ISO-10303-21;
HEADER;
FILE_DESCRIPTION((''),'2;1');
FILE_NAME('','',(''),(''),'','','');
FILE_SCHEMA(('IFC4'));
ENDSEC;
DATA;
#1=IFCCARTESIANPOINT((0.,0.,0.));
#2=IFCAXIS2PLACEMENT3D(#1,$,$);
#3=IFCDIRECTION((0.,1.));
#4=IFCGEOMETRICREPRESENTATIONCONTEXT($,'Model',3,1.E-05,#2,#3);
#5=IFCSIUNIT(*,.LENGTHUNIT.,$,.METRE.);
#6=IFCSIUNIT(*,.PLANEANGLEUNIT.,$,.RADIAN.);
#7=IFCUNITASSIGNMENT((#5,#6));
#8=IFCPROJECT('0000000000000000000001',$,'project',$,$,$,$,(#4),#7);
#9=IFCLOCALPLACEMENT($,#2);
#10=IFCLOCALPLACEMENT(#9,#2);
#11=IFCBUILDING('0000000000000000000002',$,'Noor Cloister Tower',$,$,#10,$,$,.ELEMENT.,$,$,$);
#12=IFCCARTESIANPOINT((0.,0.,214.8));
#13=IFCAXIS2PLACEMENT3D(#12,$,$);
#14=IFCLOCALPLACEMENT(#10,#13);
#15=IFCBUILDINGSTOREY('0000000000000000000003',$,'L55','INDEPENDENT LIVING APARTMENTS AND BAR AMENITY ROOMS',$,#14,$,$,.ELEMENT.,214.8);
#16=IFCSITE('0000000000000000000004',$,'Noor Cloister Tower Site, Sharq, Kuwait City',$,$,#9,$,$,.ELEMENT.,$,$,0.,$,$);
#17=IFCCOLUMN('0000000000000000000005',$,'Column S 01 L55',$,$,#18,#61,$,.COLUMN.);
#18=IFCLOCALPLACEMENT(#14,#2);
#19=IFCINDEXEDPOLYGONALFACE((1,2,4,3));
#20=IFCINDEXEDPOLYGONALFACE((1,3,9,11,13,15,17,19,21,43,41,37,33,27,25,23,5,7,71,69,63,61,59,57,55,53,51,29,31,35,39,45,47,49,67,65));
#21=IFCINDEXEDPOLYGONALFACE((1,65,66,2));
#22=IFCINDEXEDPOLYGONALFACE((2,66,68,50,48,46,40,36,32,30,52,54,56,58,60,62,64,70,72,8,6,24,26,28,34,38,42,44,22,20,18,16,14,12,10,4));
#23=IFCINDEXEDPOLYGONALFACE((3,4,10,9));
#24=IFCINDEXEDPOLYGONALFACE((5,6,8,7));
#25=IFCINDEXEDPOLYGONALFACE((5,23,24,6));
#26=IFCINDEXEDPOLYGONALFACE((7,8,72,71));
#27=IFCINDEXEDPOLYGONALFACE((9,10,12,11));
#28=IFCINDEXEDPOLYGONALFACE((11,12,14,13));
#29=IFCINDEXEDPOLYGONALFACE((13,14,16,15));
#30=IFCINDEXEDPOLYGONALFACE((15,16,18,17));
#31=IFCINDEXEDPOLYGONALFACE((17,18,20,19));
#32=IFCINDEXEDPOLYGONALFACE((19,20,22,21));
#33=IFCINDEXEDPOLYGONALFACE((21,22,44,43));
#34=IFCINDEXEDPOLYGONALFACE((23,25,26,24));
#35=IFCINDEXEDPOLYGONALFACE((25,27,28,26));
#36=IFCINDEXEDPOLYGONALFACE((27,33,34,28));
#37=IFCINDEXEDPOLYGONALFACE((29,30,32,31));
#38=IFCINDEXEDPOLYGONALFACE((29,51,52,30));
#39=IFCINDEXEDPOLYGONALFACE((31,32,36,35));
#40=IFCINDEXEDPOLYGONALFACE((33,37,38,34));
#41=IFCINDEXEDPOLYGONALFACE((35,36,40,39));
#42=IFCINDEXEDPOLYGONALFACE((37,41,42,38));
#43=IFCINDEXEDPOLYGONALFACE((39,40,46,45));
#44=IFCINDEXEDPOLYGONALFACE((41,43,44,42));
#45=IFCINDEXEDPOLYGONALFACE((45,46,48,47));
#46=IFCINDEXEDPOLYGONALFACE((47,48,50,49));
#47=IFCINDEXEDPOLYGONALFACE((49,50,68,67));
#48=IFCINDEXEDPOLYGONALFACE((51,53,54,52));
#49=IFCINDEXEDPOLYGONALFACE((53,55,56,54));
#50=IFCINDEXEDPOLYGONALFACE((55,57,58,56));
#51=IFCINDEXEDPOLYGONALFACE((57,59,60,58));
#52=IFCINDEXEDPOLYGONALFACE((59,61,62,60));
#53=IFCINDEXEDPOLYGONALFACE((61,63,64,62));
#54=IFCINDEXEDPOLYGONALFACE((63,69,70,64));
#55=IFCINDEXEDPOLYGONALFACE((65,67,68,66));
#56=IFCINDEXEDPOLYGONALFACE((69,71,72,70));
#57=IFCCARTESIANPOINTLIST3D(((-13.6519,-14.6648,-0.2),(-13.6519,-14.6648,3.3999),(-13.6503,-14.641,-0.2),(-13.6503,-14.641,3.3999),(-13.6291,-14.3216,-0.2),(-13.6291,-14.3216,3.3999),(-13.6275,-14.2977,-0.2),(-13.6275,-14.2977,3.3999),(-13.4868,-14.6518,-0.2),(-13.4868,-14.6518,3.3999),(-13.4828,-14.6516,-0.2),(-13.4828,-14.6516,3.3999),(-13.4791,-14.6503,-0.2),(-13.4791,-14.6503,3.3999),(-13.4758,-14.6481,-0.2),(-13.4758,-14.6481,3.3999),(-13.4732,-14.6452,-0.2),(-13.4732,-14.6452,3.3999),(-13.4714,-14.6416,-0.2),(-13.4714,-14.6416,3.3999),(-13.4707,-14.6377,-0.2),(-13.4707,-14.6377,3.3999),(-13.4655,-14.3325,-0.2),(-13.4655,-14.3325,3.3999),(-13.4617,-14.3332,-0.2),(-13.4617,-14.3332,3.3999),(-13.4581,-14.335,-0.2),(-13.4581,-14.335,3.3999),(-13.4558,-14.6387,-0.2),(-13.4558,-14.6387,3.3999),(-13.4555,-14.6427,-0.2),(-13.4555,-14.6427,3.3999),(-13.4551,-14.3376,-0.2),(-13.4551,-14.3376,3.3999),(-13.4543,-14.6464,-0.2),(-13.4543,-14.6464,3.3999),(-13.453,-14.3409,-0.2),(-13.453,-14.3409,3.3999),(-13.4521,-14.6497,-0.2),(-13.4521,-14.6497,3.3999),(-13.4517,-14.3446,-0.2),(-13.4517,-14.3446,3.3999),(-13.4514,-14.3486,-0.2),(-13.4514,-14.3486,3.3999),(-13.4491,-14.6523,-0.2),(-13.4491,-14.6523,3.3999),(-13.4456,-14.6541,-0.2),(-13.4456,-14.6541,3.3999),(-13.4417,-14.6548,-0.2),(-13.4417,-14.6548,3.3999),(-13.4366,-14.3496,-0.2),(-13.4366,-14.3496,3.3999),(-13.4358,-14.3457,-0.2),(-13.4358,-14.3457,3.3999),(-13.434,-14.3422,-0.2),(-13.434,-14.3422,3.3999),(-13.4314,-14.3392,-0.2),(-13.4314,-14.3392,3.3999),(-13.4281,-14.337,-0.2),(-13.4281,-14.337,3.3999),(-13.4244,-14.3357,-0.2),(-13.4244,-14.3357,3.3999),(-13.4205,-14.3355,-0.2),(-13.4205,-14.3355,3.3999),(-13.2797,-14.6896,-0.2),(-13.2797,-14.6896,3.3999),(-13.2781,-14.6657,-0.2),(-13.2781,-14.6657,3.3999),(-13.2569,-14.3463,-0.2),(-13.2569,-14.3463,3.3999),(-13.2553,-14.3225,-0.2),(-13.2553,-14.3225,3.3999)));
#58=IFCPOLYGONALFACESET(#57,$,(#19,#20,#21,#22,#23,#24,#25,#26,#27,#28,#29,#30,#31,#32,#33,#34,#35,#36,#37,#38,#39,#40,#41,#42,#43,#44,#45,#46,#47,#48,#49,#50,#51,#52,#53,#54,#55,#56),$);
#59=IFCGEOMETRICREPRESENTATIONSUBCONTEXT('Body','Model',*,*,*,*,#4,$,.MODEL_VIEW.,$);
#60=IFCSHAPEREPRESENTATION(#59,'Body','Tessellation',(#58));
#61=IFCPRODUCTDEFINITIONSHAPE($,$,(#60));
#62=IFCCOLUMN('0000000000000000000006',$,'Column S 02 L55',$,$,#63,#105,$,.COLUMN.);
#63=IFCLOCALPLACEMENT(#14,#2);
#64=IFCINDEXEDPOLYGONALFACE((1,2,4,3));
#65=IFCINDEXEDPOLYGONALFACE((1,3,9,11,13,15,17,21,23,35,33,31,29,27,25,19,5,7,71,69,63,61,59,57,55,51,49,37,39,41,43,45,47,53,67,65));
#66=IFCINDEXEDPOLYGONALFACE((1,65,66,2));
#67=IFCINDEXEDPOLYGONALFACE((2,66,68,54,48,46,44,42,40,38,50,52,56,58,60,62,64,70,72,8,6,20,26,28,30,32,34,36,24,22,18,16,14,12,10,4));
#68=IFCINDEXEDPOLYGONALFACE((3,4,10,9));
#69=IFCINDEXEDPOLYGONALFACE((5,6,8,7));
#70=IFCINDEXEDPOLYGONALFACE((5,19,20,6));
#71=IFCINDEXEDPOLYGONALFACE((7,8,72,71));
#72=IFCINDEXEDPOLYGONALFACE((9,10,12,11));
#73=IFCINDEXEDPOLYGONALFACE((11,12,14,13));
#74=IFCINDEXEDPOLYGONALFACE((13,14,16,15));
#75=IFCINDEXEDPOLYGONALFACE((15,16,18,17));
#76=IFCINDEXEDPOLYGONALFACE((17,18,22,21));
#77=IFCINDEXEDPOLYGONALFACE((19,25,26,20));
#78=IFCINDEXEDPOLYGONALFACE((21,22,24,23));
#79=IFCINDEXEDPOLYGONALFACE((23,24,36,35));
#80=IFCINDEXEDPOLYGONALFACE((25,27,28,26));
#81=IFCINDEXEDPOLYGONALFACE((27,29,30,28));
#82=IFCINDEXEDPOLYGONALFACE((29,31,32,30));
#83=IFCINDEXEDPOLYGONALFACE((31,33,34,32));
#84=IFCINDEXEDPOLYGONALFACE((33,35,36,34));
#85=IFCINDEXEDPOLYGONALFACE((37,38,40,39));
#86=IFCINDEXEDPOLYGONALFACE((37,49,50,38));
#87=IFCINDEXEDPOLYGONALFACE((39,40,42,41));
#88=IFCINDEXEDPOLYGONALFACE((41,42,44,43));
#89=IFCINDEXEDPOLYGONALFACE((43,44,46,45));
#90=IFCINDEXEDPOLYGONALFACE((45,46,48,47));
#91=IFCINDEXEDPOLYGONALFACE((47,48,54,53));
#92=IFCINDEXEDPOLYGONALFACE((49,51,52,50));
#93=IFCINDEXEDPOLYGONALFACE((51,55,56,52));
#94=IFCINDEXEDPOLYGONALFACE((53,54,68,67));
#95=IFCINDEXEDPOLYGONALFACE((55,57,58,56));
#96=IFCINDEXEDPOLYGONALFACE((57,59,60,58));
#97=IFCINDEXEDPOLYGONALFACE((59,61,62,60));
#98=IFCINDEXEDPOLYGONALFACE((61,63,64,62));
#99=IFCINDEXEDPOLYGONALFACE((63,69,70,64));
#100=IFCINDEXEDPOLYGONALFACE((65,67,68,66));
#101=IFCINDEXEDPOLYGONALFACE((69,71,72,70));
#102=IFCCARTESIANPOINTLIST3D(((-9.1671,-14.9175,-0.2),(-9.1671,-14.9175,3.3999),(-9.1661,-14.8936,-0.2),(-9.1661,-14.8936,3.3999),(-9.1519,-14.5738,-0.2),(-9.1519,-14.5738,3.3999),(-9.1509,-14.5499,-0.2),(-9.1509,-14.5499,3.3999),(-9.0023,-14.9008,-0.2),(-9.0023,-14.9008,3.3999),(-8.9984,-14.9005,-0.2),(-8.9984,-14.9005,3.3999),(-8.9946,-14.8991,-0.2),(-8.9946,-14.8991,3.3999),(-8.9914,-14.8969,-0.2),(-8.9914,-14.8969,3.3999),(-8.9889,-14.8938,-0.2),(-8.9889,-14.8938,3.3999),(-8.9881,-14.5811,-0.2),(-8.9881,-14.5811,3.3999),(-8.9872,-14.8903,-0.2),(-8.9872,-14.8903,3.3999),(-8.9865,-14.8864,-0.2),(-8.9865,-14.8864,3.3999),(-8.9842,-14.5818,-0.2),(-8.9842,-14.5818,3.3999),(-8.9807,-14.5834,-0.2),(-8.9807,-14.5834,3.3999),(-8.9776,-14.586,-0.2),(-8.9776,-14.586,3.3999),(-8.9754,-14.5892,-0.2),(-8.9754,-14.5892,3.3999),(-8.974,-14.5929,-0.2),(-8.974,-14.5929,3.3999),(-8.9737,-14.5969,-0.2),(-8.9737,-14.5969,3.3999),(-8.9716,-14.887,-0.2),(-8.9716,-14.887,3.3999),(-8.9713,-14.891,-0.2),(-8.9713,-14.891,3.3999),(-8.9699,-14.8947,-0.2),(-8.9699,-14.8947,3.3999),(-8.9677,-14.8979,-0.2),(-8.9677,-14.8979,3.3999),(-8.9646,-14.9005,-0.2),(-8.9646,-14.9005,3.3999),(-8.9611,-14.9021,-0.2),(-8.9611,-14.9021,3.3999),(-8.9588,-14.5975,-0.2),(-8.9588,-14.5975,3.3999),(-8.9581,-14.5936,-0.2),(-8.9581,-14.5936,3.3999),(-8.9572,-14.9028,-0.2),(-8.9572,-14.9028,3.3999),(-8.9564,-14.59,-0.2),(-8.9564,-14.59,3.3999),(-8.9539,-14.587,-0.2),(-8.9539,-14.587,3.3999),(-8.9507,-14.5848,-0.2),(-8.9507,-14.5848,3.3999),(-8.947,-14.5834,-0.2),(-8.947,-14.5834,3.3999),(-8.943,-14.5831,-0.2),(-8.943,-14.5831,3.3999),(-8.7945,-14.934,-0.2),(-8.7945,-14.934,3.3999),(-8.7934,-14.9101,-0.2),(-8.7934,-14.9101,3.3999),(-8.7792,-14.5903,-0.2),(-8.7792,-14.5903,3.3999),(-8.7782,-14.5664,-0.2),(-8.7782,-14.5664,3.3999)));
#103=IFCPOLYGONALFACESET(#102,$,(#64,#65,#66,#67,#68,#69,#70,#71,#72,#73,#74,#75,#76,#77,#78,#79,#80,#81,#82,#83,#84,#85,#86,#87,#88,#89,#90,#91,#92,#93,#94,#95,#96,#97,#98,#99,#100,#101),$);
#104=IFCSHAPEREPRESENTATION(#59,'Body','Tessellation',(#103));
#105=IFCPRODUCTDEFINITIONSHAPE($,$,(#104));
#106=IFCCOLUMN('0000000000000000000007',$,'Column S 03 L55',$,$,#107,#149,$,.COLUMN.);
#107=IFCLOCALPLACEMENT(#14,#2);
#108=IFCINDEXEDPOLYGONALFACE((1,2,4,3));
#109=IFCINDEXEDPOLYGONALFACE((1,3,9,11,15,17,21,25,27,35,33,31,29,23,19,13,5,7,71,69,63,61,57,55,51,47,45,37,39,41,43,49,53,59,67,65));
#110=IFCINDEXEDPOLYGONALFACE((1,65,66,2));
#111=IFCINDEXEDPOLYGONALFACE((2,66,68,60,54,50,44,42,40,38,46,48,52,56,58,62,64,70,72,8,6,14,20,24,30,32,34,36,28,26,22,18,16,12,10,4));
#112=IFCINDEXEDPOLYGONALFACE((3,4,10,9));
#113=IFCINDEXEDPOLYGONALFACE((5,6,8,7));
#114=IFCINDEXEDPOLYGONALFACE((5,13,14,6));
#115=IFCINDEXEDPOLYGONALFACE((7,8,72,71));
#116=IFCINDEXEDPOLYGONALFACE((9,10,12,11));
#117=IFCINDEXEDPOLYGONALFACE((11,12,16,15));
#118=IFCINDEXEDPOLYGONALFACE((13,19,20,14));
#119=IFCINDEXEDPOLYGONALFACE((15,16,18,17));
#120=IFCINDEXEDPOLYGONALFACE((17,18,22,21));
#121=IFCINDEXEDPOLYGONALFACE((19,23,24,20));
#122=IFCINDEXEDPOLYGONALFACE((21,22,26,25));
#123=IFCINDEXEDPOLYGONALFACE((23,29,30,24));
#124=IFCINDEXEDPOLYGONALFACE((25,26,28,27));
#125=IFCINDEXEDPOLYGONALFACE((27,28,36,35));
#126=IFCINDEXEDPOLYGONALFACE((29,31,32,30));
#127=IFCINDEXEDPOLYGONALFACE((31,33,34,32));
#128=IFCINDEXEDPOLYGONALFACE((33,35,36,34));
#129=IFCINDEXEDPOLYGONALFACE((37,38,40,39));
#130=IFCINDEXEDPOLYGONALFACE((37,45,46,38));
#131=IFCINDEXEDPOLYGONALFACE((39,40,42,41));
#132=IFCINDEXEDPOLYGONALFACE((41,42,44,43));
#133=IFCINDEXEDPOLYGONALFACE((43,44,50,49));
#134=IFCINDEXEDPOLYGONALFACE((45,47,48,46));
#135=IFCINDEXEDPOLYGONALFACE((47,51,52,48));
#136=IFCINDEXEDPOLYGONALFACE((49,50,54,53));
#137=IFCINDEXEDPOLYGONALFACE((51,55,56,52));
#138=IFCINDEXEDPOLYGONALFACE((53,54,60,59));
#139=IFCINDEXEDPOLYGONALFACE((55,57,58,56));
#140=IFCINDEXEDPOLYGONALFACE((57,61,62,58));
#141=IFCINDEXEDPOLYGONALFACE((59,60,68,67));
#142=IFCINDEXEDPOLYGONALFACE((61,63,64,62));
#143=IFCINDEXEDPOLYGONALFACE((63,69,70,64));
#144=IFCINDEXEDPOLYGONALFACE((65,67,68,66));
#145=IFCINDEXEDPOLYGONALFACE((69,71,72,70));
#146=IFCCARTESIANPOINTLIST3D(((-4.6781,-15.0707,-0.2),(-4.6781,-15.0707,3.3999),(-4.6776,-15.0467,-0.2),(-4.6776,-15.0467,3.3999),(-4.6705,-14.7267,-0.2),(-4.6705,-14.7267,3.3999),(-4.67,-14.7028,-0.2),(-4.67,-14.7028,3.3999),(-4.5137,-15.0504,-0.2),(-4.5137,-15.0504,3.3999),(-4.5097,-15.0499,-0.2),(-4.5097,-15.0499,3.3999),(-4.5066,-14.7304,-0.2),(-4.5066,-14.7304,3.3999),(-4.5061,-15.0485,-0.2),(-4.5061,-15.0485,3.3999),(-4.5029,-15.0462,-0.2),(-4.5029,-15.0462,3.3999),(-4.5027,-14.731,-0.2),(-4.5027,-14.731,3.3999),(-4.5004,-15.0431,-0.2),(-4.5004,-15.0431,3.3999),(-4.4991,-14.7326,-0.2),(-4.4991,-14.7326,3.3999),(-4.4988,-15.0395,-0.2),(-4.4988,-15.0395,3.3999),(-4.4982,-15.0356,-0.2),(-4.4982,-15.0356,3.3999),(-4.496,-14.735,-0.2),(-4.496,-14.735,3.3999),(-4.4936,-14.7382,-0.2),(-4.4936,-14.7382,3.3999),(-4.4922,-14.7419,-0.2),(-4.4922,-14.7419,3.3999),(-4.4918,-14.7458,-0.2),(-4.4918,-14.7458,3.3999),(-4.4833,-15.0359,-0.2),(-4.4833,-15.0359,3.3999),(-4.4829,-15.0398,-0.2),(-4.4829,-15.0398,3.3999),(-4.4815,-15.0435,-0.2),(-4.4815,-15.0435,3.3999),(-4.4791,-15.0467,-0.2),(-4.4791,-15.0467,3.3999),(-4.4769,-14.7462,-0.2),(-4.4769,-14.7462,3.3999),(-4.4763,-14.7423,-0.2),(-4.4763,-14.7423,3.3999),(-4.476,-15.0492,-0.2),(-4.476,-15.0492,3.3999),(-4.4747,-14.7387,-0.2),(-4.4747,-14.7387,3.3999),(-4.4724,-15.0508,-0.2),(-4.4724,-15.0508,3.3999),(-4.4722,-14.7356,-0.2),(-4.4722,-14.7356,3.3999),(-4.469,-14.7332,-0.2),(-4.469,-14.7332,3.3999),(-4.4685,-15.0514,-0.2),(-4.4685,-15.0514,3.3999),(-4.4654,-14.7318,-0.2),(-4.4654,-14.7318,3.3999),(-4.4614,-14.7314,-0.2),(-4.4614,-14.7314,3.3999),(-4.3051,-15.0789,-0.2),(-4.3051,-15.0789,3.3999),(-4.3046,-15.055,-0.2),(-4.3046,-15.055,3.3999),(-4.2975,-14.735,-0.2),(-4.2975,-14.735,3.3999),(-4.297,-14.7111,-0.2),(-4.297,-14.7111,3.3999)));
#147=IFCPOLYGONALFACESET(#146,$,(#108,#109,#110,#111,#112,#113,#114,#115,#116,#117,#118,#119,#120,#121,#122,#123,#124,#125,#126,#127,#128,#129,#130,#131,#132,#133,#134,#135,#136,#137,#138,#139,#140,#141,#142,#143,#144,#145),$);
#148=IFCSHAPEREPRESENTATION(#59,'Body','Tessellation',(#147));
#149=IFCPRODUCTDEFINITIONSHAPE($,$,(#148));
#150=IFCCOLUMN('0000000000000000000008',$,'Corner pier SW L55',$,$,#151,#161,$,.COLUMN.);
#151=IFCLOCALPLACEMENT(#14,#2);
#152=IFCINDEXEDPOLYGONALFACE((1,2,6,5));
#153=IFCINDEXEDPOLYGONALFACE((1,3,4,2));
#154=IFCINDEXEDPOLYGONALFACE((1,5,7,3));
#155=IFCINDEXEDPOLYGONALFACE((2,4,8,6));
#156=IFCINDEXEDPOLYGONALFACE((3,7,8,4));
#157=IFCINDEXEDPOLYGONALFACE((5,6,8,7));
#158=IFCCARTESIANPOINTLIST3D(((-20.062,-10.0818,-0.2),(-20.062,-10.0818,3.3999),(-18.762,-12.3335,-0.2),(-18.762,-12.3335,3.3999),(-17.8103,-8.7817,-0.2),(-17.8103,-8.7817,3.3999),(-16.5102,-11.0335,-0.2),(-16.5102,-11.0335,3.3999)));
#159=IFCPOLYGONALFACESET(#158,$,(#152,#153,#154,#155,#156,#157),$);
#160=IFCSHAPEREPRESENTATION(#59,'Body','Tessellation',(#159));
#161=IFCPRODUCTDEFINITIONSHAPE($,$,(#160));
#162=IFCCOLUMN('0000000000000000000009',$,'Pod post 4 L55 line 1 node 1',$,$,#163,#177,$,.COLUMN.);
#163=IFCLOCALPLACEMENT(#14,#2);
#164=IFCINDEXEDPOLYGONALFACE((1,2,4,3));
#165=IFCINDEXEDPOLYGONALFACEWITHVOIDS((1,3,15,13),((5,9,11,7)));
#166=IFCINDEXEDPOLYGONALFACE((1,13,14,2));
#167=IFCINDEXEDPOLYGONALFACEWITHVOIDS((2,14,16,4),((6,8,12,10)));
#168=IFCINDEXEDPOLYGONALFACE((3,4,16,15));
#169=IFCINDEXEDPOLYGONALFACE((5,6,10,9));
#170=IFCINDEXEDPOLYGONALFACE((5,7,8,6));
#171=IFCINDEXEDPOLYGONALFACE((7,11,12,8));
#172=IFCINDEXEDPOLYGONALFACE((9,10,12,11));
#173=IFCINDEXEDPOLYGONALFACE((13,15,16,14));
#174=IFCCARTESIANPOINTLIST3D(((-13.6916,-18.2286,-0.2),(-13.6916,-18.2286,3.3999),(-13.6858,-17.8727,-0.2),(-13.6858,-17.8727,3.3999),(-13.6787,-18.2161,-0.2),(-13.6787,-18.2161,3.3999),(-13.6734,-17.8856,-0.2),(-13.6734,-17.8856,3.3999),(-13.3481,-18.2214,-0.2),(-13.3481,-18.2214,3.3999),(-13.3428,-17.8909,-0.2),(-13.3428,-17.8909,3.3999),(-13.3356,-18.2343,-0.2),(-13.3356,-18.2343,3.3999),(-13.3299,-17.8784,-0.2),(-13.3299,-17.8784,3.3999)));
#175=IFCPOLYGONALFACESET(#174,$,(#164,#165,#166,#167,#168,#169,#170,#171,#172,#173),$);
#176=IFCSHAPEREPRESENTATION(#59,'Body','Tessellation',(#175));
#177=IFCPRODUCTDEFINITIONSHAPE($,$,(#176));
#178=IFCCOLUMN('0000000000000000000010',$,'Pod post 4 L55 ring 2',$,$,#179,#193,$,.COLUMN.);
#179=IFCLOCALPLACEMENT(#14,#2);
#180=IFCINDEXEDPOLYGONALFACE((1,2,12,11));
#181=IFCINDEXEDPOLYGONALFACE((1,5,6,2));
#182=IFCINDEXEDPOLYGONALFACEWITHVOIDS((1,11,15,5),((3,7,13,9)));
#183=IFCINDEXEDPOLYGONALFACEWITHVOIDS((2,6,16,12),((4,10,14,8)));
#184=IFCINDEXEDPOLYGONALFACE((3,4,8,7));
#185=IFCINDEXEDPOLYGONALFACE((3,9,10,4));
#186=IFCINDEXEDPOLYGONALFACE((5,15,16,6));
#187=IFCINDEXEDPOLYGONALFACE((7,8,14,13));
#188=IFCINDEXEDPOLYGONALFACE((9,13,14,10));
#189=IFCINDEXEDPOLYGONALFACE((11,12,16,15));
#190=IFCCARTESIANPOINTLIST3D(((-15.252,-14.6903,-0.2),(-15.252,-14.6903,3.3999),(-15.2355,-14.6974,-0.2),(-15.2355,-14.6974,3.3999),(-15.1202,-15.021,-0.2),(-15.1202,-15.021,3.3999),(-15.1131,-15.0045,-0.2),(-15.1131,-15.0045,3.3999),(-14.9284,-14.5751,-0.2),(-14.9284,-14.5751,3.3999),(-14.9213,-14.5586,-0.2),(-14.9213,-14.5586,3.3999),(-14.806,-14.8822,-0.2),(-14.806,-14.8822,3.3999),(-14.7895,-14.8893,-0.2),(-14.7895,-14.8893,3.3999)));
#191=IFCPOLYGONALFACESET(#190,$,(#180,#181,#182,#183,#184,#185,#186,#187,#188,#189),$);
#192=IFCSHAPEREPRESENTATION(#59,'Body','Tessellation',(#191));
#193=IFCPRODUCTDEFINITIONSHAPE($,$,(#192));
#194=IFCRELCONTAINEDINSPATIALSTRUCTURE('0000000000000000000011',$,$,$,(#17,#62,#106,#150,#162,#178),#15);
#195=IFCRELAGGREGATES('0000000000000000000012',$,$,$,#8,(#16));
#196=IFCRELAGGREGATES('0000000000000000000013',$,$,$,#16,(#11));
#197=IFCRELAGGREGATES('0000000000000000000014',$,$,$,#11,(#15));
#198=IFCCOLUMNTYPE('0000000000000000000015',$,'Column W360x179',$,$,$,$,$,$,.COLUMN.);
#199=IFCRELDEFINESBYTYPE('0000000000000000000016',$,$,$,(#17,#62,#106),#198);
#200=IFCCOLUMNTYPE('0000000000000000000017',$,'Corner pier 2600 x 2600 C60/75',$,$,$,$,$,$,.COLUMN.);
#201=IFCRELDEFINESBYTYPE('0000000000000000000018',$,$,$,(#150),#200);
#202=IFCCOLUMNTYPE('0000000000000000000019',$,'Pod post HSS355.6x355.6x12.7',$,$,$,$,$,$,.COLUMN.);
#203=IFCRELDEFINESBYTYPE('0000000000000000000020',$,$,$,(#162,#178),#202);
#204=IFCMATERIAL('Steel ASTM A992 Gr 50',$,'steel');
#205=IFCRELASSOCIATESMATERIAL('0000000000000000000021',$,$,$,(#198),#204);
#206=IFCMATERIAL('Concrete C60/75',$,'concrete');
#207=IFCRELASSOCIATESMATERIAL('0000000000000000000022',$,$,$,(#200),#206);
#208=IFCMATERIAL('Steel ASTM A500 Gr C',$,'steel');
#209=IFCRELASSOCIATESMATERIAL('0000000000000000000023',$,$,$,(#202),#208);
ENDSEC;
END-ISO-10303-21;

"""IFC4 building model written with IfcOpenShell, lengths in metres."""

from ifc_helpers import new_model, si_unit, direction, frame, origin, origin_2d, place, context, subcontext, project, spatial, rectangle, hollow_rectangle, i_section, extrude, material, material_profile, profile_set, type_object, element, save


model = new_model("IFC4")

# Units and contexts
model_context = context("Model", 3, precision=1e-05, world=origin(), true_north=direction((0.0, 1.0)))
body_context = subcontext(model_context, "Body", "Model", "MODEL_VIEW")
ifc_project = project(units=[si_unit("LENGTHUNIT", "METRE"), si_unit("PLANEANGLEUNIT", "RADIAN")], contexts=[model_context])

# Site, building, storey
site_placement = place(None, origin())
site = spatial("IfcSite", under=ifc_project, at=site_placement, Name="Noor Cloister Tower Site, Sharq, Kuwait City", CompositionType="ELEMENT", RefElevation=0.0)
building_placement = place(site_placement, origin())
building = spatial("IfcBuilding", under=site, at=building_placement, Name="Noor Cloister Tower", CompositionType="ELEMENT")
storey_placement = place(building_placement, frame((0.0, 0.0, 214.8)))
storey = spatial("IfcBuildingStorey", under=building, at=storey_placement, Name="L55", Description="INDEPENDENT LIVING APARTMENTS AND BAR AMENITY ROOMS", CompositionType="ELEMENT", Elevation=214.8)

# Columns
ifc_material_1 = material(Name="Steel ASTM A992 Gr 50", Category="steel")
ifc_material_profile_1 = material_profile(ifc_material_1, i_section(OverallWidth=0.373, OverallDepth=0.3679, WebThickness=0.0149, FlangeThickness=0.0239, FilletRadius=0.0151, at=origin_2d()), Name="W360x179")
ifc_profile_set_1 = profile_set([ifc_material_profile_1], Name="Steel ASTM A992 Gr 50")
column_type_1 = type_object("IfcColumnType", Name="Column W360x179", PredefinedType="COLUMN", material=ifc_profile_set_1)
for number, where, z_axis, x_axis, name in (
    (1, (-13.4536, -14.4937, -0.2), (0.0, 0.0, 1.0), (0.997796, -0.066352, 0.0), "Column S 01 L55"),
    (2, (-8.9727, -14.7419, -0.2), (0.0, 0.0, 1.0), (0.99902, -0.044252, 0.0), "Column S 02 L55"),
    (3, (-4.4875, -14.8909, -0.2), (0.0, 0.0, 1.0), (0.999755, -0.022132, 0.0), "Column S 03 L55"),
):
    element("IfcColumn", number, at=place(storey_placement, frame(where, z_axis=z_axis, x_axis=x_axis)), inside=storey, type_object=column_type_1, Name=name, PredefinedType="COLUMN", context=body_context, shape_type="SweptSolid", body=[
        extrude(i_section(OverallWidth=0.373, OverallDepth=0.3679, WebThickness=0.0149, FlangeThickness=0.0239, FilletRadius=0.0151, at=origin_2d()), origin(), (0.0, 0.0, 1.0), 3.5999),
    ])
ifc_material_2 = material(Name="Concrete C60/75", Category="concrete")
ifc_material_profile_2 = material_profile(ifc_material_2, rectangle(XDim=2.6001, YDim=2.6001, at=origin_2d()), Name="RC 2600x2600")
ifc_profile_set_2 = profile_set([ifc_material_profile_2], Name="Concrete C60/75")
column_type_2 = type_object("IfcColumnType", Name="Corner pier 2600 x 2600 C60/75", PredefinedType="COLUMN", material=ifc_profile_set_2)
column_placement = place(storey_placement, frame((-18.2861, -10.5576, -0.2), z_axis=(0.0, 0.0, 1.0), x_axis=(-0.866025, -0.5, 0.0)))
element("IfcColumn", 4, at=column_placement, inside=storey, type_object=column_type_2, Name="Corner pier SW L55", PredefinedType="COLUMN", context=body_context, shape_type="SweptSolid", body=[
    extrude(rectangle(XDim=2.6001, YDim=2.6001, at=origin_2d()), origin(), (0.0, 0.0, 1.0), 3.5999),
])
ifc_material_3 = material(Name="Steel ASTM A500 Gr C", Category="steel")
ifc_material_profile_3 = material_profile(ifc_material_3, hollow_rectangle(XDim=0.356, YDim=0.356, WallThickness=0.0127, at=origin_2d()), Name="HSS355.6x355.6x12.7")
ifc_profile_set_3 = profile_set([ifc_material_profile_3], Name="Steel ASTM A500 Gr C")
column_type_3 = type_object("IfcColumnType", Name="Pod post HSS355.6x355.6x12.7", PredefinedType="COLUMN", material=ifc_profile_set_3)
for number, where, z_axis, x_axis, name in (
    (5, (-13.5107, -18.0535, -0.2), (0.0, 0.0, 1.0), (-0.016039, -0.999871, 0.0), "Pod post 4 L55 line 1 node 1"),
    (6, (-15.0208, -14.7898, -0.2), (0.0, 0.0, 1.0), (0.370053, -0.929011, 0.0), "Pod post 4 L55 ring 2"),
):
    element("IfcColumn", number, at=place(storey_placement, frame(where, z_axis=z_axis, x_axis=x_axis)), inside=storey, type_object=column_type_3, Name=name, PredefinedType="COLUMN", context=body_context, shape_type="SweptSolid", body=[
        extrude(hollow_rectangle(XDim=0.356, YDim=0.356, WallThickness=0.0127, at=origin_2d()), origin(), (0.0, 0.0, 1.0), 3.5999),
    ])

save(model, "model.ifc")
